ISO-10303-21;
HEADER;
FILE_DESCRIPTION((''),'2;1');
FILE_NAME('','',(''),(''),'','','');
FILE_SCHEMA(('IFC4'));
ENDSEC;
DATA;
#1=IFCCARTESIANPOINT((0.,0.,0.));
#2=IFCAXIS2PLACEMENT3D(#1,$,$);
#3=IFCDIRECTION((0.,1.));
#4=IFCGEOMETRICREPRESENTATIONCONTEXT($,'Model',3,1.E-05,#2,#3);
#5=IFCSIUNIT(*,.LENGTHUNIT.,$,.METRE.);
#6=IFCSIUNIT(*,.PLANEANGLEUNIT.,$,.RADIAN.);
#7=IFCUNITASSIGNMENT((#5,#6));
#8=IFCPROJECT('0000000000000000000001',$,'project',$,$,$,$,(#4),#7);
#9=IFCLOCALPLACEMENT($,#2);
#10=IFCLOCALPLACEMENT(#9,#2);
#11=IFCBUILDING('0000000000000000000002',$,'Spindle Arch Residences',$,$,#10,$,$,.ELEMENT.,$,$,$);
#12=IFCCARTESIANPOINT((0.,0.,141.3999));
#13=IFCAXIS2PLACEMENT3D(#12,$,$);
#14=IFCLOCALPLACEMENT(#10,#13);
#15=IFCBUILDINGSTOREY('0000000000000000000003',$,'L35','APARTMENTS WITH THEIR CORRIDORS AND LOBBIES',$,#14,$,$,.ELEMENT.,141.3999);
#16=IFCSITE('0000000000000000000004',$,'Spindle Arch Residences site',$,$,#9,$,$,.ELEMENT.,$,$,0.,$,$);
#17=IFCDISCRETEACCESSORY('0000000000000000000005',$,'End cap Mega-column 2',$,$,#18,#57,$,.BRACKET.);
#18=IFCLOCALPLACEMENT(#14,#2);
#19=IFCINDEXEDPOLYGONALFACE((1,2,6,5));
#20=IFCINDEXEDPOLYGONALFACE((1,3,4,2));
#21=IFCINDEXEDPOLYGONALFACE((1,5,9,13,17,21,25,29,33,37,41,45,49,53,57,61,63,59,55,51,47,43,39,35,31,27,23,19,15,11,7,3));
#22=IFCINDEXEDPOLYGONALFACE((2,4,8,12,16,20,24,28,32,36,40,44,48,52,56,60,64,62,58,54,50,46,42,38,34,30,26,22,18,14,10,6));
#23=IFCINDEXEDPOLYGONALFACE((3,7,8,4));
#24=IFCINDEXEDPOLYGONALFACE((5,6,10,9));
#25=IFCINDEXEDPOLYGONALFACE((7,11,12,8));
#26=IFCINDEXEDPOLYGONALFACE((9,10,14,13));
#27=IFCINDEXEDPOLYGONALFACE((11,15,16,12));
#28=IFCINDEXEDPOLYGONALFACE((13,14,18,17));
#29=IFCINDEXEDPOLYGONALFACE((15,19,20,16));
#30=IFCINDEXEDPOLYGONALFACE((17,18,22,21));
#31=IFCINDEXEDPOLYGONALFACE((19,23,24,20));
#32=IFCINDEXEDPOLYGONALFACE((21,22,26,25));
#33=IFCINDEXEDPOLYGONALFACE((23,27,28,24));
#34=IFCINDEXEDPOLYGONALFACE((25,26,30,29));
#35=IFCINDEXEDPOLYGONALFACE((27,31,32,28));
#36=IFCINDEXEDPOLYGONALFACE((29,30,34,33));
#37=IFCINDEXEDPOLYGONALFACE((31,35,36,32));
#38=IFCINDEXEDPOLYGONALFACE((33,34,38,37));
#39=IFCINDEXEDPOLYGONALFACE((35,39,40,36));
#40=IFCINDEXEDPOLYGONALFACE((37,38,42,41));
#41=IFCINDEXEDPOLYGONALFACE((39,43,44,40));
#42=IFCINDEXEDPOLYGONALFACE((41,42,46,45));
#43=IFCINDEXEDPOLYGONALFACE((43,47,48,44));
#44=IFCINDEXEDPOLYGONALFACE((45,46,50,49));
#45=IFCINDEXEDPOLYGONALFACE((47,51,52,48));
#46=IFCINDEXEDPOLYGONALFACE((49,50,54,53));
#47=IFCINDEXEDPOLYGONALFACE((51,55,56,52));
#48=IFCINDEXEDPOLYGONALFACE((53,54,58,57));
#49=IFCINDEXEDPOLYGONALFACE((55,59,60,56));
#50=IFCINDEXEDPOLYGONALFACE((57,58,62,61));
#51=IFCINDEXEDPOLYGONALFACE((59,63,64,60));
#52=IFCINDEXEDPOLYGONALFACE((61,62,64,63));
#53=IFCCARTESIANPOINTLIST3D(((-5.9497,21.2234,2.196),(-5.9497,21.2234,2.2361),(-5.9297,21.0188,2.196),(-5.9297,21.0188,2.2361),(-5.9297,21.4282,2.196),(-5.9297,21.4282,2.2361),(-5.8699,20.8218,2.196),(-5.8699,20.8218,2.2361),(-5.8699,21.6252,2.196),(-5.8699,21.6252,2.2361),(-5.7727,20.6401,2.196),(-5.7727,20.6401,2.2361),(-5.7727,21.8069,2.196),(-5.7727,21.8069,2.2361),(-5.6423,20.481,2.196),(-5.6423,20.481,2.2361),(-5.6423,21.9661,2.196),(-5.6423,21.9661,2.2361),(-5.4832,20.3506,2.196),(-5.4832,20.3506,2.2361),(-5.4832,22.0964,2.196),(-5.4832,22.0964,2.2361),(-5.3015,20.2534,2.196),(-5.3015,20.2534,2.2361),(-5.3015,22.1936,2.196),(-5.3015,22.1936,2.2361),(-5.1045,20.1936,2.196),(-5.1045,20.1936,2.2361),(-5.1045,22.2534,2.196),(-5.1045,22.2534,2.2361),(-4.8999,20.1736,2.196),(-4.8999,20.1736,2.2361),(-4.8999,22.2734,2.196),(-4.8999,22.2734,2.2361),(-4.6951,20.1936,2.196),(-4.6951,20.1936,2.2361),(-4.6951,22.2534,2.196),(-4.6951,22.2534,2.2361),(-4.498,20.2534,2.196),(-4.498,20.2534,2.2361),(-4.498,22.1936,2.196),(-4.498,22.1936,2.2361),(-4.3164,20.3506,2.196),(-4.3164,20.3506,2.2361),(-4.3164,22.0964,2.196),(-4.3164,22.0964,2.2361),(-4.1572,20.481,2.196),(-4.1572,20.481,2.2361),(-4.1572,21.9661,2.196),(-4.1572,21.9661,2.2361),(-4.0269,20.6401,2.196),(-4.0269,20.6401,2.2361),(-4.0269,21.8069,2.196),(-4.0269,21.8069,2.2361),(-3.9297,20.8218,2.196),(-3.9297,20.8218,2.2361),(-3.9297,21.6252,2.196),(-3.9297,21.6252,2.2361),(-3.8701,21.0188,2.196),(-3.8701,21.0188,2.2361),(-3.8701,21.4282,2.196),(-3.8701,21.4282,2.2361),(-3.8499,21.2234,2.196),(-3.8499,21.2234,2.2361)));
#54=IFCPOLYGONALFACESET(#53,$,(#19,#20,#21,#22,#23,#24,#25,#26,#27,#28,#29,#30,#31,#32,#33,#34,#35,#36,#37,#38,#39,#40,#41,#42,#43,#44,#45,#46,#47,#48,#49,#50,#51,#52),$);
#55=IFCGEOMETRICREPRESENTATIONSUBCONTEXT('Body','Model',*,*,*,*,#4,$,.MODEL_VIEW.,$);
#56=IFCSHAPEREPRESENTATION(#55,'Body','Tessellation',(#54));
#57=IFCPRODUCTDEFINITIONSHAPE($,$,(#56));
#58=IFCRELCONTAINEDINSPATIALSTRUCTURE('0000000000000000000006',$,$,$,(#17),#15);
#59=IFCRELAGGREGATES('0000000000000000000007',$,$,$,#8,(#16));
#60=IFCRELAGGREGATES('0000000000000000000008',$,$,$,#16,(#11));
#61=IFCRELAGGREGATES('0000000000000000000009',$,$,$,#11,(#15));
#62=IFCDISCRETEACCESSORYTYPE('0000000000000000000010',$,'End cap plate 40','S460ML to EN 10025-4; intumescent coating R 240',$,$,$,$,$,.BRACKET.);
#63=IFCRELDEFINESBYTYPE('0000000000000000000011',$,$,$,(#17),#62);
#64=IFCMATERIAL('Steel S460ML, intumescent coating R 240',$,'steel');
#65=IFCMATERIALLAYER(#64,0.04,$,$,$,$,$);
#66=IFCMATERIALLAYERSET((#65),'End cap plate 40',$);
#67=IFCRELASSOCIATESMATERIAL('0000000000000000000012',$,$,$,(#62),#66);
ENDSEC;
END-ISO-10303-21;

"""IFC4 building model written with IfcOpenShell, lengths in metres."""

from ifc_helpers import new_model, si_unit, direction, frame, origin, place, context, subcontext, project, spatial, polyline, outline, extrude, material, layer, layer_set, type_object, element, save


model = new_model("IFC4")

# Units and contexts
model_context = context("Model", 3, precision=1e-05, world=origin(), true_north=direction((0.0, 1.0)))
body_context = subcontext(model_context, "Body", "Model", "MODEL_VIEW")
ifc_project = project(units=[si_unit("LENGTHUNIT", "METRE"), si_unit("PLANEANGLEUNIT", "RADIAN")], contexts=[model_context])

# Site, building, storey
site_placement = place(None, origin())
site = spatial("IfcSite", under=ifc_project, at=site_placement, Name="Spindle Arch Residences site", CompositionType="ELEMENT", RefElevation=0.0)
building_placement = place(site_placement, origin())
building = spatial("IfcBuilding", under=site, at=building_placement, Name="Spindle Arch Residences", CompositionType="ELEMENT")
storey_placement = place(building_placement, frame((0.0, 0.0, 141.3999)))
storey = spatial("IfcBuildingStorey", under=building, at=storey_placement, Name="L35", Description="APARTMENTS WITH THEIR CORRIDORS AND LOBBIES", CompositionType="ELEMENT", Elevation=141.3999)

# Discrete accessory
ifc_material_1 = material(Name="Steel S460ML, intumescent coating R 240", Category="steel")
ifc_layer_1 = layer(ifc_material_1, 0.04)
ifc_layer_set_1 = layer_set([ifc_layer_1], Name="End cap plate 40")
discrete_accessory_type = type_object("IfcDiscreteAccessoryType", Name="End cap plate 40", Description="S460ML to EN 10025-4; intumescent coating R 240", PredefinedType="BRACKET", material=ifc_layer_set_1)
discrete_accessory_placement = place(storey_placement, frame((0.0, 0.0, 2.196)))
element("IfcDiscreteAccessory", 1, at=discrete_accessory_placement, inside=storey, type_object=discrete_accessory_type, Name="End cap Mega-column 2", PredefinedType="BRACKET", context=body_context, shape_type="SweptSolid", body=[
    extrude(outline(polyline([(-3.8499, 21.2234), (-3.8701, 21.4282), (-3.9297, 21.6252), (-4.0269, 21.8069), (-4.1572, 21.9661), (-4.3164, 22.0964), (-4.498, 22.1936), (-4.6951, 22.2534), (-4.8999, 22.2734), (-5.1045, 22.2534), (-5.3015, 22.1936), (-5.4832, 22.0964), (-5.6423, 21.9661), (-5.7727, 21.8069), (-5.8699, 21.6252), (-5.9297, 21.4282), (-5.9497, 21.2234), (-5.9297, 21.0188), (-5.8699, 20.8218), (-5.7727, 20.6401), (-5.6423, 20.481), (-5.4832, 20.3506), (-5.3015, 20.2534), (-5.1045, 20.1936), (-4.8999, 20.1736), (-4.6951, 20.1936), (-4.498, 20.2534), (-4.3164, 20.3506), (-4.1572, 20.481), (-4.0269, 20.6401), (-3.9297, 20.8218), (-3.8701, 21.0188), (-3.8499, 21.2234)])), origin(), (0.0, 0.0, 1.0), 0.04),
])

save(model, "model.ifc")
